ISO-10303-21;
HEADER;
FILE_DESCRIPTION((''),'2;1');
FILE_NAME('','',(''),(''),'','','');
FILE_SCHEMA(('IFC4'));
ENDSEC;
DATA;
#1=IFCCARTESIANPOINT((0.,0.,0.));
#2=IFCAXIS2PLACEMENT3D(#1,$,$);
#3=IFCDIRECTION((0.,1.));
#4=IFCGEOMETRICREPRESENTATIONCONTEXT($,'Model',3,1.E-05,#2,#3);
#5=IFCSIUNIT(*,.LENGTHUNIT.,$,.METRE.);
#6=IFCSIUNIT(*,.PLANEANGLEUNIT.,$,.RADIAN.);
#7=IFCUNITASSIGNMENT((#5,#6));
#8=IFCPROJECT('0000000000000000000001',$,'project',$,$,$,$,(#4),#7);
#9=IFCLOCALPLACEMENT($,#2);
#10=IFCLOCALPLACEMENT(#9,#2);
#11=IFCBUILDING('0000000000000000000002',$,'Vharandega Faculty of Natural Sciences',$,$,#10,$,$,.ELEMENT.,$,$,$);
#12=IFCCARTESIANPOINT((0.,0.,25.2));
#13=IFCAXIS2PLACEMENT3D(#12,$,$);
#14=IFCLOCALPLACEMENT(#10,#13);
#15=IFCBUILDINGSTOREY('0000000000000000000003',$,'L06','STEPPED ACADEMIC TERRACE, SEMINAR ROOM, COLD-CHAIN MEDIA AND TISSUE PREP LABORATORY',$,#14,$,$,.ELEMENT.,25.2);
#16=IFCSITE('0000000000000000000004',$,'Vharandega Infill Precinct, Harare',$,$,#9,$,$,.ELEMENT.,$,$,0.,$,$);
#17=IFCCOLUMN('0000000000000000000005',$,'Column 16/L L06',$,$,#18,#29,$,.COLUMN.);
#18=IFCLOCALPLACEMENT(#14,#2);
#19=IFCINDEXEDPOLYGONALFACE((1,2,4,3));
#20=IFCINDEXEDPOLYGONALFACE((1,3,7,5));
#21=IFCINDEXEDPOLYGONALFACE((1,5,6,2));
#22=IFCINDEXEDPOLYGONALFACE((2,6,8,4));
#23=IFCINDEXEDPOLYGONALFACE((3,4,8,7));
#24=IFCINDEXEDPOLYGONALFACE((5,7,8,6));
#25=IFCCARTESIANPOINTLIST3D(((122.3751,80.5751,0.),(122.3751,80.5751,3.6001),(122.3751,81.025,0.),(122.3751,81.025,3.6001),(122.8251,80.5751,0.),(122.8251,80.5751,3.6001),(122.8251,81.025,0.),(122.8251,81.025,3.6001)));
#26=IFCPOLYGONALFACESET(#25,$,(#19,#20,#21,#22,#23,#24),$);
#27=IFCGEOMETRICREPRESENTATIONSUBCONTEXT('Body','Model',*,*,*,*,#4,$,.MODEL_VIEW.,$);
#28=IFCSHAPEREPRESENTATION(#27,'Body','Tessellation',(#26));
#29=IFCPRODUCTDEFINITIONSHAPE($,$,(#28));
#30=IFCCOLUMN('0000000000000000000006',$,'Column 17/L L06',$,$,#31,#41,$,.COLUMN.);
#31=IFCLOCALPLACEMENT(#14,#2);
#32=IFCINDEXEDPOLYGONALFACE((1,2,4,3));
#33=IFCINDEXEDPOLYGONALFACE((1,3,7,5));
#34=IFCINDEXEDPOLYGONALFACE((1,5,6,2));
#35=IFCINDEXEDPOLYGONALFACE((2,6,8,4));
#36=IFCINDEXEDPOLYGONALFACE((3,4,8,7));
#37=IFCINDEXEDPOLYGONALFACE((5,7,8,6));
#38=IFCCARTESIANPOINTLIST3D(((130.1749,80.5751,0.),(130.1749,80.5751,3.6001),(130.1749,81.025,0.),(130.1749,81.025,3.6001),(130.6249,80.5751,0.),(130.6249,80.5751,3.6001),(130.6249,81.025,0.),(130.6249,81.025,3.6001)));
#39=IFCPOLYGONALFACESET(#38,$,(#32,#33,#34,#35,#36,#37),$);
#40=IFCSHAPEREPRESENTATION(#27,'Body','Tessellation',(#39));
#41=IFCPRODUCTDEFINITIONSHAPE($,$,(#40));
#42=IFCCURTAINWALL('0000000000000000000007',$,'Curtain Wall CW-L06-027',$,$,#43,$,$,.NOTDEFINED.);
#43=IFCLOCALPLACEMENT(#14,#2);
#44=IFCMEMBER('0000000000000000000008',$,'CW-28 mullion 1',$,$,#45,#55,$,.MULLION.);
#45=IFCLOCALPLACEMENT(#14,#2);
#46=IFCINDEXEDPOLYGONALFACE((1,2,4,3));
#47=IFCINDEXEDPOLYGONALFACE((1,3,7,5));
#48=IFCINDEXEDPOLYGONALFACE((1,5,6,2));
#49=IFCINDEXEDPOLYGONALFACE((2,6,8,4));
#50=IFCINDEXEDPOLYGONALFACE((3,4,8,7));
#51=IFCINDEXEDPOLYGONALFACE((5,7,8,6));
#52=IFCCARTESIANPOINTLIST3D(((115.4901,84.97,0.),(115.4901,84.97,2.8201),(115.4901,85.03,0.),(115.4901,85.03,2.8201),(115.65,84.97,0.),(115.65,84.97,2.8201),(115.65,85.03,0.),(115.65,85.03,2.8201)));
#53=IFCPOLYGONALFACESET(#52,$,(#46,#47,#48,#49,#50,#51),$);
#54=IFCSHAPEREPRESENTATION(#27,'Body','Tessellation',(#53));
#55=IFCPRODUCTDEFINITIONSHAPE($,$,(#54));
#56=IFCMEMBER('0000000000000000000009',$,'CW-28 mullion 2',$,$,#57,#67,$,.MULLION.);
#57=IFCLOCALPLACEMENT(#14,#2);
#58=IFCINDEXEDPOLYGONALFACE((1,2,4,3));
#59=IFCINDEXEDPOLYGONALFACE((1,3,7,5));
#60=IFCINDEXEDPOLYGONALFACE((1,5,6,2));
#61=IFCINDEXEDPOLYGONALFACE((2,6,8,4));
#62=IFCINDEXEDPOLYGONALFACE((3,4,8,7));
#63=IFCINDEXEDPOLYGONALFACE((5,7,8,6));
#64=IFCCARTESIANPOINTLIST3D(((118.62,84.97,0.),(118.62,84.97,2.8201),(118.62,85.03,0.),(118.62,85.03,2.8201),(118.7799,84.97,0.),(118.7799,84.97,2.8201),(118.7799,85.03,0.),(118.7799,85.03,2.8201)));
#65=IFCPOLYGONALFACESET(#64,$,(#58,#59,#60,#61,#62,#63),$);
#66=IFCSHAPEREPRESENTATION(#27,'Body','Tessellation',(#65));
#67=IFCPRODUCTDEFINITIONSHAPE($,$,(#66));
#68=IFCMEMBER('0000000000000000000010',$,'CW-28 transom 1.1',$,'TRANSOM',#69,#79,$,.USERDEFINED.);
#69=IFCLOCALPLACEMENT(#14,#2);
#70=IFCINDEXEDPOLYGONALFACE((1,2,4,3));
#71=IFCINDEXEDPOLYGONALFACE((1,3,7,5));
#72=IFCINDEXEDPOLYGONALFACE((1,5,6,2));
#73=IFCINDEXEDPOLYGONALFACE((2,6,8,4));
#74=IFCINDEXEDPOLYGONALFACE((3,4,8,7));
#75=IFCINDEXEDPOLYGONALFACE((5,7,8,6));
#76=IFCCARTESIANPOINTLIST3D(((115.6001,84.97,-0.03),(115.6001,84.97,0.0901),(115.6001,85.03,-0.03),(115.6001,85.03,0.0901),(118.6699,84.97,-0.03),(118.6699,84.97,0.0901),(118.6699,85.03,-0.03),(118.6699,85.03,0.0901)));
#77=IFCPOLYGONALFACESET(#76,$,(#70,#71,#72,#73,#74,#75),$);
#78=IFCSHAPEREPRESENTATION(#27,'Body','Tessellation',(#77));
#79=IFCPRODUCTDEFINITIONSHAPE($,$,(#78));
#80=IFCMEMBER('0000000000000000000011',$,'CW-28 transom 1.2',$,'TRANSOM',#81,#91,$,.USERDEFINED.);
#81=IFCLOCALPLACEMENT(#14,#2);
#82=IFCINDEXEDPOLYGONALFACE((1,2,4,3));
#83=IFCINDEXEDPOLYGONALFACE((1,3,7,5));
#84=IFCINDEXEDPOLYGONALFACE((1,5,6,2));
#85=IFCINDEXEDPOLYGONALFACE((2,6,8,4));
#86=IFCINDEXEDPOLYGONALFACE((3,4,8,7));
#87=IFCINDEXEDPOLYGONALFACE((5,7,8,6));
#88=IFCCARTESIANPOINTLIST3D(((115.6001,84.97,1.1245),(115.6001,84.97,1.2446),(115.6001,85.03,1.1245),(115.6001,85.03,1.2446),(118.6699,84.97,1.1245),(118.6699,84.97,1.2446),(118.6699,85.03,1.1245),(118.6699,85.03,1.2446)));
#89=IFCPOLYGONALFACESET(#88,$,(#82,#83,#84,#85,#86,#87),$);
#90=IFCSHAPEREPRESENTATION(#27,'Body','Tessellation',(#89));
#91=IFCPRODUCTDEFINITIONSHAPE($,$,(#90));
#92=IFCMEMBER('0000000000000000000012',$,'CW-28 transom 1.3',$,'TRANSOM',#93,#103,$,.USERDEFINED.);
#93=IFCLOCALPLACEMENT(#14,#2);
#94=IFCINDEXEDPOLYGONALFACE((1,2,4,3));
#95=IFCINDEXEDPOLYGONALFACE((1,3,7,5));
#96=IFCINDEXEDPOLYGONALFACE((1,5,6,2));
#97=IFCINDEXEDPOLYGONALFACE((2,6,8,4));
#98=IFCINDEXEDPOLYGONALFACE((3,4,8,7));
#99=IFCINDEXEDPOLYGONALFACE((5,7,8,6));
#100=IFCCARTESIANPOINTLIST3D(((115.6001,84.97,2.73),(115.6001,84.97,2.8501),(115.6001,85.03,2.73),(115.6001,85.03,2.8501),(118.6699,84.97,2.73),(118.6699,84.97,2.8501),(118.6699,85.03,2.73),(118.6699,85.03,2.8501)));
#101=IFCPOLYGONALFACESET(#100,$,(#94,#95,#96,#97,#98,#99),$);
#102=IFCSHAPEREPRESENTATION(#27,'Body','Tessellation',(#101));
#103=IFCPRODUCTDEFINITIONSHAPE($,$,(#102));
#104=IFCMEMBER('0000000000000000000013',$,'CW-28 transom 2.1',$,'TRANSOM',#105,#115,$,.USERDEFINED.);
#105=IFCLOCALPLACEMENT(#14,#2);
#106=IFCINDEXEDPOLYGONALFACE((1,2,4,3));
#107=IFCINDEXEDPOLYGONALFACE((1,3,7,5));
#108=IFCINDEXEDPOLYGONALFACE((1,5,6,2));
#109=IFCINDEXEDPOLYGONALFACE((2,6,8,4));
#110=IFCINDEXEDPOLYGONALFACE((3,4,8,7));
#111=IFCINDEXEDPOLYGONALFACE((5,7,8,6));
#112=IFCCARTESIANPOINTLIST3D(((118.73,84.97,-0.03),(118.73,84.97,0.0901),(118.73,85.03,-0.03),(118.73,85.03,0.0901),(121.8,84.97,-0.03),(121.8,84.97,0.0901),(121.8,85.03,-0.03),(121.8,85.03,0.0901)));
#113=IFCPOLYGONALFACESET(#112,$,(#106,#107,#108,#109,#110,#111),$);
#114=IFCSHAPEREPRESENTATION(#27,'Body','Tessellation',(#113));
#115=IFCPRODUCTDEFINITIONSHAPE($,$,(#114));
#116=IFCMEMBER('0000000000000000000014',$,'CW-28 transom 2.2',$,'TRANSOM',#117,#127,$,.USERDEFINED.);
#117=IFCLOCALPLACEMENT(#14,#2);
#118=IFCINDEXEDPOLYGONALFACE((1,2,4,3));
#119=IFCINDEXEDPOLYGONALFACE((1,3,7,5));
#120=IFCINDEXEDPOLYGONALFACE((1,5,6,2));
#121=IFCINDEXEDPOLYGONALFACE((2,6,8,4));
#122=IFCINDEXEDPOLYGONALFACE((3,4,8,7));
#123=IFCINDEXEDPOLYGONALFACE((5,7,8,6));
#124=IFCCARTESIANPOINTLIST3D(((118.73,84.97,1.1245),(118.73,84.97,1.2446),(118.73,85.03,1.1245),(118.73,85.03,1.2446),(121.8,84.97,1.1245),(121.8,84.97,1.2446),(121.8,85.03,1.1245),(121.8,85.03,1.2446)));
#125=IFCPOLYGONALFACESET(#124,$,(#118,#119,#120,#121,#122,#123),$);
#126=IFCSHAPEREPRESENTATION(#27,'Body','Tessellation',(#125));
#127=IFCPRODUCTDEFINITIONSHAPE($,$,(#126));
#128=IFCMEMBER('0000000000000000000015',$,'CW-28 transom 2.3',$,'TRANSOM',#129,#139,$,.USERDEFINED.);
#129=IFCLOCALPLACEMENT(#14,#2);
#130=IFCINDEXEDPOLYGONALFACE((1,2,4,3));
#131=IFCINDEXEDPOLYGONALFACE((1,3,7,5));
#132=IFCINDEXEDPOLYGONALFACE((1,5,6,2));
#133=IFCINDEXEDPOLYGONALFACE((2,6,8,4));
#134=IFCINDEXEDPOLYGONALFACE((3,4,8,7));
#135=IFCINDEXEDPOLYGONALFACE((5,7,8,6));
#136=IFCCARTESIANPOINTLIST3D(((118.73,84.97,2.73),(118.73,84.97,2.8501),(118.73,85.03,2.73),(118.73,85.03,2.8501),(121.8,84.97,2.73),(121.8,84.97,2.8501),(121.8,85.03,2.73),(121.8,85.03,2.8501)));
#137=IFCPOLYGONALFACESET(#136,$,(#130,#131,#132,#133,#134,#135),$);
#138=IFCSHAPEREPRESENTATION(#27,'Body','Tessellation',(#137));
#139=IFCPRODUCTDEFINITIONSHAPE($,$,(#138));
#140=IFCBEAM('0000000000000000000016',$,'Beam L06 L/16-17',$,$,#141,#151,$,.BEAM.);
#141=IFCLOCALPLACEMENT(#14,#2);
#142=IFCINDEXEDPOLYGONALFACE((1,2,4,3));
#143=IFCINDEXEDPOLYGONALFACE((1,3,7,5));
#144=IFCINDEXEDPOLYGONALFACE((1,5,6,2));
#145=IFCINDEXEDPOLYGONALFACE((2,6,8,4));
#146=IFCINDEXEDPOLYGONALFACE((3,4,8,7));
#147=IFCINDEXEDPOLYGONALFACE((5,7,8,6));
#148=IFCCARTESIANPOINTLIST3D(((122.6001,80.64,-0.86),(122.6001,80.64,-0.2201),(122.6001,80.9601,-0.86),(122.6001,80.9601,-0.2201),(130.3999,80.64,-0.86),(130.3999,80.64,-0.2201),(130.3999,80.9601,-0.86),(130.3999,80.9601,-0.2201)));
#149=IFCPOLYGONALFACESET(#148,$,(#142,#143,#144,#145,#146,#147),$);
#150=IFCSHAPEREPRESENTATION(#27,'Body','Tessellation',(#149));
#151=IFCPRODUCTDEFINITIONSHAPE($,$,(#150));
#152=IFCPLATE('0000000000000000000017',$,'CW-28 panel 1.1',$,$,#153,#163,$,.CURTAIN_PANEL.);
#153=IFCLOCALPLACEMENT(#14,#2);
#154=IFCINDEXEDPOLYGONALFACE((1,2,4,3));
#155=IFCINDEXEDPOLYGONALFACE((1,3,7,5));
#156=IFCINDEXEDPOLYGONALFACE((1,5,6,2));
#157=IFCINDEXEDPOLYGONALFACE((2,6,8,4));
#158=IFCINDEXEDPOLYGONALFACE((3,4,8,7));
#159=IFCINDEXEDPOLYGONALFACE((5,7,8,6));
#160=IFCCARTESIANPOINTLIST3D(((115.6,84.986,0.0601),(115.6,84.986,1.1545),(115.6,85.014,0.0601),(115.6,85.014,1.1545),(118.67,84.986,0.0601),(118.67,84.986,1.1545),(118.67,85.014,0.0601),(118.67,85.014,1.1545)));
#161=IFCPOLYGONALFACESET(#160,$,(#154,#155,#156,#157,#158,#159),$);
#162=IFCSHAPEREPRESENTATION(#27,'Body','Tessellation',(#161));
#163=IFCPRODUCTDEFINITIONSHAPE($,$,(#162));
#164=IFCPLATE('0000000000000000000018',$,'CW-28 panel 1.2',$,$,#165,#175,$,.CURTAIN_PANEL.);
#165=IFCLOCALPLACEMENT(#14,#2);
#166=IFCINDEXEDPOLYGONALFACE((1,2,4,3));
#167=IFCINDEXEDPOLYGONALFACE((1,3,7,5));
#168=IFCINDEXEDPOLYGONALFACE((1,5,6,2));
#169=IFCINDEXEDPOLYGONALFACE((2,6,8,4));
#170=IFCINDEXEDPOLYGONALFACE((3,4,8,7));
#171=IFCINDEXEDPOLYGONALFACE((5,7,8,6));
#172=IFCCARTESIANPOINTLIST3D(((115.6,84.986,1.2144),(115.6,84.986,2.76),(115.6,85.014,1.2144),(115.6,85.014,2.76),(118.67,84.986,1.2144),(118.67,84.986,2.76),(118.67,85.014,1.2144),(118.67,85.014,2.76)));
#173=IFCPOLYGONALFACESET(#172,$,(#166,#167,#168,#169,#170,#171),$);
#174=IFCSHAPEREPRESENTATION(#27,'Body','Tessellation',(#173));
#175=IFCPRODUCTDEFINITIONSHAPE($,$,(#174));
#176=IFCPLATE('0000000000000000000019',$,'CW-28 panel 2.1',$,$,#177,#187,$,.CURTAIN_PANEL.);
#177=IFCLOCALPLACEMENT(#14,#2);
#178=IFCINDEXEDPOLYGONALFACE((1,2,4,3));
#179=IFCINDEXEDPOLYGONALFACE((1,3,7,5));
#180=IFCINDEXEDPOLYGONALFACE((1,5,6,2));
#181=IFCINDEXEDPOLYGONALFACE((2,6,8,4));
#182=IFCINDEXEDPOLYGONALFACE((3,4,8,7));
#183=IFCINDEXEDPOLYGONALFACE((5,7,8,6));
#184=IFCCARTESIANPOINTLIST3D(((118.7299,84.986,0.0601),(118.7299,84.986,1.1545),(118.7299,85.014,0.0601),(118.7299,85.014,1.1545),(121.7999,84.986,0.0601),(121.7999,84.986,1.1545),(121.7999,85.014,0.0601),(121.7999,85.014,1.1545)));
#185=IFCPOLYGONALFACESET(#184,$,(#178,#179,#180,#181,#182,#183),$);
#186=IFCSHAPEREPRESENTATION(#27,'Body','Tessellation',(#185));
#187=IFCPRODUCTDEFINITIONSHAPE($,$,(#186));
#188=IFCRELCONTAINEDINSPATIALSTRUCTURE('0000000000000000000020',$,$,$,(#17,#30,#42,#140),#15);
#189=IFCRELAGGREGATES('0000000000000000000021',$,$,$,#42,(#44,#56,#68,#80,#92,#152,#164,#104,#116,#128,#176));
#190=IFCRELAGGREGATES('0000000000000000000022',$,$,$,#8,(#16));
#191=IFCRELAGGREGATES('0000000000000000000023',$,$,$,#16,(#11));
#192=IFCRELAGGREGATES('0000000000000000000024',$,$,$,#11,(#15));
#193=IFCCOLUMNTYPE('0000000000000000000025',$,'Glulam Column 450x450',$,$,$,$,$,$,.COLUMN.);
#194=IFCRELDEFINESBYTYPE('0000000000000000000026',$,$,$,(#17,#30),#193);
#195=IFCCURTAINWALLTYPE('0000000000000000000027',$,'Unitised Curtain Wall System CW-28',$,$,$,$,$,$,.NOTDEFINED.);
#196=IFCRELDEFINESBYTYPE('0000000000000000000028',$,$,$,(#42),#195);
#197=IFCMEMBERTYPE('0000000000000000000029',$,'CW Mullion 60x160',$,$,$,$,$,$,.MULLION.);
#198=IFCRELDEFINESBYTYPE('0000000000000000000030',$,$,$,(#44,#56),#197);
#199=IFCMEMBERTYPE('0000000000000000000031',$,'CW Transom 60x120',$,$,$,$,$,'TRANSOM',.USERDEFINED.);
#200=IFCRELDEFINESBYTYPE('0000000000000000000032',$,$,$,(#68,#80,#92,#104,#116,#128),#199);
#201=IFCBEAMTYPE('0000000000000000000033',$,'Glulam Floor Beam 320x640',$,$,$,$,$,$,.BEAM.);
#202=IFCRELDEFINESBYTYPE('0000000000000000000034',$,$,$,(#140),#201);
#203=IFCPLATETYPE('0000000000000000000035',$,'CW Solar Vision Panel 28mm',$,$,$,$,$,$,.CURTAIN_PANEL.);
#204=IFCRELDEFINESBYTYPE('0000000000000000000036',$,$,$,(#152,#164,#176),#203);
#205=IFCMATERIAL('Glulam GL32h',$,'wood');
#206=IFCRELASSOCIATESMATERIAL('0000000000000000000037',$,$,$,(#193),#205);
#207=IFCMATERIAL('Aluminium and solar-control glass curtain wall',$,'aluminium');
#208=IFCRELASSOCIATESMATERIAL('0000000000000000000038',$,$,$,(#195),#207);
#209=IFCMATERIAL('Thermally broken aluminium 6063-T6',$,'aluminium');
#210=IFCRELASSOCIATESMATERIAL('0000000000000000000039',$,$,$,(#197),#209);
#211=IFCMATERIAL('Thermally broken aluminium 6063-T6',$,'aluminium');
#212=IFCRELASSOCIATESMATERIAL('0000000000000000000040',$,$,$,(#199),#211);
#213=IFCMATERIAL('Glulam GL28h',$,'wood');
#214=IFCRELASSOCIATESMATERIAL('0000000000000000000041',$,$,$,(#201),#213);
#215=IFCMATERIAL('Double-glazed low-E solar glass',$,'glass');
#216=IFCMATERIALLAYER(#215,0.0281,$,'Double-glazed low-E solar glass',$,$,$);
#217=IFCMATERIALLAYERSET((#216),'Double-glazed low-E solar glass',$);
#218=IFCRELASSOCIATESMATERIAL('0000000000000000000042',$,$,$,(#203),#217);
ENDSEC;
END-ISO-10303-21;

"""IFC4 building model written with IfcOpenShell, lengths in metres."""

from ifc_helpers import new_model, si_unit, direction, frame, origin, origin_2d, place, context, subcontext, project, spatial, rectangle, extrude, material, layer, layer_set, material_profile, profile_set, type_object, element, aggregate, save


model = new_model("IFC4")

# Units and contexts
model_context = context("Model", 3, precision=1e-05, world=origin(), true_north=direction((0.0, 1.0)))
body_context = subcontext(model_context, "Body", "Model", "MODEL_VIEW")
ifc_project = project(units=[si_unit("LENGTHUNIT", "METRE"), si_unit("PLANEANGLEUNIT", "RADIAN")], contexts=[model_context])

# Site, building, storey
site_placement = place(None, origin())
site = spatial("IfcSite", under=ifc_project, at=site_placement, Name="Vharandega Infill Precinct, Harare", CompositionType="ELEMENT", RefElevation=0.0)
building_placement = place(site_placement, origin())
building = spatial("IfcBuilding", under=site, at=building_placement, Name="Vharandega Faculty of Natural Sciences", CompositionType="ELEMENT")
storey_placement = place(building_placement, frame((0.0, 0.0, 25.2)))
storey = spatial("IfcBuildingStorey", under=building, at=storey_placement, Name="L06", Description="STEPPED ACADEMIC TERRACE, SEMINAR ROOM, COLD-CHAIN MEDIA AND TISSUE PREP LABORATORY", CompositionType="ELEMENT", Elevation=25.2)

# Columns
ifc_material_1 = material(Name="Glulam GL32h", Category="wood")
ifc_material_profile_1 = material_profile(ifc_material_1, rectangle(XDim=0.45, YDim=0.45, at=origin_2d()), Name="GL32h 450x450")
ifc_profile_set_1 = profile_set([ifc_material_profile_1], Name="Glulam GL32h")
column_type = type_object("IfcColumnType", Name="Glulam Column 450x450", PredefinedType="COLUMN", material=ifc_profile_set_1)
for number, where, z_axis, x_axis, name in (
    (1, (122.6001, 80.8, 0.0), (0.0, 0.0, 1.0), (1.0, 0.0, 0.0), "Column 16/L L06"),
    (2, (130.3999, 80.8, 0.0), (0.0, 0.0, 1.0), (1.0, 0.0, 0.0), "Column 17/L L06"),
):
    element("IfcColumn", number, at=place(storey_placement, frame(where, z_axis=z_axis, x_axis=x_axis)), inside=storey, type_object=column_type, Name=name, PredefinedType="COLUMN", context=body_context, shape_type="SweptSolid", body=[
        extrude(rectangle(XDim=0.45, YDim=0.45, at=origin_2d()), origin(), (0.0, 0.0, 1.0), 3.6001),
    ])

# Curtain wall, members
ifc_material_2 = material(Name="Aluminium and solar-control glass curtain wall", Category="aluminium")
curtain_wall_type = type_object("IfcCurtainWallType", Name="Unitised Curtain Wall System CW-28", PredefinedType="NOTDEFINED", material=ifc_material_2)
curtain_wall_placement = place(storey_placement, origin())
curtain_wall = element("IfcCurtainWall", 3, at=curtain_wall_placement, inside=storey, type_object=curtain_wall_type, Name="Curtain Wall CW-L06-027", PredefinedType="NOTDEFINED")
ifc_material_3 = material(Name="Thermally broken aluminium 6063-T6", Category="aluminium")
ifc_material_profile_2 = material_profile(ifc_material_3, rectangle(XDim=0.0601, YDim=0.1599, at=origin_2d()), Name="ALU 60x160")
ifc_profile_set_2 = profile_set([ifc_material_profile_2], Name="Thermally broken aluminium 6063-T6")
member_type_1 = type_object("IfcMemberType", Name="CW Mullion 60x160", PredefinedType="MULLION", material=ifc_profile_set_2)
member_1_placement = place(storey_placement, frame((115.5701, 85.0, 0.0), z_axis=(0.0, 0.0, 1.0), x_axis=(0.0, 1.0, 0.0)))
member_1 = element("IfcMember", 4, at=member_1_placement, type_object=member_type_1, Name="CW-28 mullion 1", PredefinedType="MULLION", context=body_context, shape_type="SweptSolid", body=[
    extrude(rectangle(XDim=0.0601, YDim=0.1599, at=origin_2d()), origin(), (0.0, 0.0, 1.0), 2.8201),
])
member_2_placement = place(storey_placement, frame((118.7, 85.0, 0.0), z_axis=(0.0, 0.0, 1.0), x_axis=(0.0, 1.0, 0.0)))
member_2 = element("IfcMember", 5, at=member_2_placement, type_object=member_type_1, Name="CW-28 mullion 2", PredefinedType="MULLION", context=body_context, shape_type="SweptSolid", body=[
    extrude(rectangle(XDim=0.0601, YDim=0.1599, at=origin_2d()), origin(), (0.0, 0.0, 1.0), 2.8201),
])
ifc_material_4 = material(Name="Thermally broken aluminium 6063-T6", Category="aluminium")
ifc_material_profile_3 = material_profile(ifc_material_4, rectangle(XDim=0.0601, YDim=0.1201, at=origin_2d()), Name="ALU 60x120")
ifc_profile_set_3 = profile_set([ifc_material_profile_3], Name="Thermally broken aluminium 6063-T6")
member_type_2 = type_object("IfcMemberType", Name="CW Transom 60x120", ElementType="TRANSOM", PredefinedType="USERDEFINED", material=ifc_profile_set_3)
member_3_placement = place(storey_placement, frame((115.6001, 85.0, 0.03), z_axis=(1.0, 0.0, 0.0), x_axis=(0.0, 1.0, 0.0)))
member_3 = element("IfcMember", 6, at=member_3_placement, type_object=member_type_2, Name="CW-28 transom 1.1", ObjectType="TRANSOM", PredefinedType="USERDEFINED", context=body_context, shape_type="SweptSolid", body=[
    extrude(rectangle(XDim=0.0601, YDim=0.1201, at=origin_2d()), origin(), (0.0, 0.0, 1.0), 3.0698),
])
member_4_placement = place(storey_placement, frame((115.6001, 85.0, 1.1846), z_axis=(1.0, 0.0, 0.0), x_axis=(0.0, 1.0, 0.0)))
member_4 = element("IfcMember", 7, at=member_4_placement, type_object=member_type_2, Name="CW-28 transom 1.2", ObjectType="TRANSOM", PredefinedType="USERDEFINED", context=body_context, shape_type="SweptSolid", body=[
    extrude(rectangle(XDim=0.0601, YDim=0.1201, at=origin_2d()), origin(), (0.0, 0.0, 1.0), 3.0698),
])
member_5_placement = place(storey_placement, frame((115.6001, 85.0, 2.79), z_axis=(1.0, 0.0, 0.0), x_axis=(0.0, 1.0, 0.0)))
member_5 = element("IfcMember", 8, at=member_5_placement, type_object=member_type_2, Name="CW-28 transom 1.3", ObjectType="TRANSOM", PredefinedType="USERDEFINED", context=body_context, shape_type="SweptSolid", body=[
    extrude(rectangle(XDim=0.0601, YDim=0.1201, at=origin_2d()), origin(), (0.0, 0.0, 1.0), 3.0698),
])
member_6_placement = place(storey_placement, frame((118.73, 85.0, 0.03), z_axis=(1.0, 0.0, 0.0), x_axis=(0.0, 1.0, 0.0)))
member_6 = element("IfcMember", 9, at=member_6_placement, type_object=member_type_2, Name="CW-28 transom 2.1", ObjectType="TRANSOM", PredefinedType="USERDEFINED", context=body_context, shape_type="SweptSolid", body=[
    extrude(rectangle(XDim=0.0601, YDim=0.1201, at=origin_2d()), origin(), (0.0, 0.0, 1.0), 3.0701),
])
member_7_placement = place(storey_placement, frame((118.73, 85.0, 1.1846), z_axis=(1.0, 0.0, 0.0), x_axis=(0.0, 1.0, 0.0)))
member_7 = element("IfcMember", 10, at=member_7_placement, type_object=member_type_2, Name="CW-28 transom 2.2", ObjectType="TRANSOM", PredefinedType="USERDEFINED", context=body_context, shape_type="SweptSolid", body=[
    extrude(rectangle(XDim=0.0601, YDim=0.1201, at=origin_2d()), origin(), (0.0, 0.0, 1.0), 3.0701),
])
member_8_placement = place(storey_placement, frame((118.73, 85.0, 2.79), z_axis=(1.0, 0.0, 0.0), x_axis=(0.0, 1.0, 0.0)))
member_8 = element("IfcMember", 11, at=member_8_placement, type_object=member_type_2, Name="CW-28 transom 2.3", ObjectType="TRANSOM", PredefinedType="USERDEFINED", context=body_context, shape_type="SweptSolid", body=[
    extrude(rectangle(XDim=0.0601, YDim=0.1201, at=origin_2d()), origin(), (0.0, 0.0, 1.0), 3.0701),
])

# Beam
ifc_material_5 = material(Name="Glulam GL28h", Category="wood")
ifc_material_profile_4 = material_profile(ifc_material_5, rectangle(XDim=0.3201, YDim=0.6399, at=origin_2d()), Name="GL28h 320x640")
ifc_profile_set_4 = profile_set([ifc_material_profile_4], Name="Glulam GL28h")
beam_type = type_object("IfcBeamType", Name="Glulam Floor Beam 320x640", PredefinedType="BEAM", material=ifc_profile_set_4)
beam_placement = place(storey_placement, frame((122.6001, 80.8, -0.54), z_axis=(1.0, 0.0, 0.0), x_axis=(0.0, 1.0, 0.0)))
element("IfcBeam", 12, at=beam_placement, inside=storey, type_object=beam_type, Name="Beam L06 L/16-17", PredefinedType="BEAM", context=body_context, shape_type="SweptSolid", body=[
    extrude(rectangle(XDim=0.3201, YDim=0.6399, at=origin_2d()), origin(), (0.0, 0.0, 1.0), 7.7998),
])

# Plates
ifc_material_6 = material(Name="Double-glazed low-E solar glass", Category="glass")
ifc_layer_1 = layer(ifc_material_6, 0.0281, Name="Double-glazed low-E solar glass")
ifc_layer_set_1 = layer_set([ifc_layer_1], Name="Double-glazed low-E solar glass")
plate_type = type_object("IfcPlateType", Name="CW Solar Vision Panel 28mm", PredefinedType="CURTAIN_PANEL", material=ifc_layer_set_1)
plate_1_placement = place(storey_placement, frame((117.135, 85.0, 0.0601), z_axis=(0.0, 0.0, 1.0), x_axis=(1.0, 0.0, 0.0)))
plate_1 = element("IfcPlate", 13, at=plate_1_placement, type_object=plate_type, Name="CW-28 panel 1.1", PredefinedType="CURTAIN_PANEL", context=body_context, shape_type="SweptSolid", body=[
    extrude(rectangle(XDim=3.0701, YDim=0.0281, at=origin_2d()), origin(), (0.0, 0.0, 1.0), 1.0945),
])
plate_2_placement = place(storey_placement, frame((117.135, 85.0, 1.2144), z_axis=(0.0, 0.0, 1.0), x_axis=(1.0, 0.0, 0.0)))
plate_2 = element("IfcPlate", 14, at=plate_2_placement, type_object=plate_type, Name="CW-28 panel 1.2", PredefinedType="CURTAIN_PANEL", context=body_context, shape_type="SweptSolid", body=[
    extrude(rectangle(XDim=3.0701, YDim=0.0281, at=origin_2d()), origin(), (0.0, 0.0, 1.0), 1.5457),
])
plate_3_placement = place(storey_placement, frame((120.2649, 85.0, 0.0601), z_axis=(0.0, 0.0, 1.0), x_axis=(1.0, 0.0, 0.0)))
plate_3 = element("IfcPlate", 15, at=plate_3_placement, type_object=plate_type, Name="CW-28 panel 2.1", PredefinedType="CURTAIN_PANEL", context=body_context, shape_type="SweptSolid", body=[
    extrude(rectangle(XDim=3.0701, YDim=0.0281, at=origin_2d()), origin(), (0.0, 0.0, 1.0), 1.0945),
])
aggregate(curtain_wall, [member_1, member_2, member_3, member_4, member_5, plate_1, plate_2, member_6, member_7, member_8, plate_3])

save(model, "model.ifc")
